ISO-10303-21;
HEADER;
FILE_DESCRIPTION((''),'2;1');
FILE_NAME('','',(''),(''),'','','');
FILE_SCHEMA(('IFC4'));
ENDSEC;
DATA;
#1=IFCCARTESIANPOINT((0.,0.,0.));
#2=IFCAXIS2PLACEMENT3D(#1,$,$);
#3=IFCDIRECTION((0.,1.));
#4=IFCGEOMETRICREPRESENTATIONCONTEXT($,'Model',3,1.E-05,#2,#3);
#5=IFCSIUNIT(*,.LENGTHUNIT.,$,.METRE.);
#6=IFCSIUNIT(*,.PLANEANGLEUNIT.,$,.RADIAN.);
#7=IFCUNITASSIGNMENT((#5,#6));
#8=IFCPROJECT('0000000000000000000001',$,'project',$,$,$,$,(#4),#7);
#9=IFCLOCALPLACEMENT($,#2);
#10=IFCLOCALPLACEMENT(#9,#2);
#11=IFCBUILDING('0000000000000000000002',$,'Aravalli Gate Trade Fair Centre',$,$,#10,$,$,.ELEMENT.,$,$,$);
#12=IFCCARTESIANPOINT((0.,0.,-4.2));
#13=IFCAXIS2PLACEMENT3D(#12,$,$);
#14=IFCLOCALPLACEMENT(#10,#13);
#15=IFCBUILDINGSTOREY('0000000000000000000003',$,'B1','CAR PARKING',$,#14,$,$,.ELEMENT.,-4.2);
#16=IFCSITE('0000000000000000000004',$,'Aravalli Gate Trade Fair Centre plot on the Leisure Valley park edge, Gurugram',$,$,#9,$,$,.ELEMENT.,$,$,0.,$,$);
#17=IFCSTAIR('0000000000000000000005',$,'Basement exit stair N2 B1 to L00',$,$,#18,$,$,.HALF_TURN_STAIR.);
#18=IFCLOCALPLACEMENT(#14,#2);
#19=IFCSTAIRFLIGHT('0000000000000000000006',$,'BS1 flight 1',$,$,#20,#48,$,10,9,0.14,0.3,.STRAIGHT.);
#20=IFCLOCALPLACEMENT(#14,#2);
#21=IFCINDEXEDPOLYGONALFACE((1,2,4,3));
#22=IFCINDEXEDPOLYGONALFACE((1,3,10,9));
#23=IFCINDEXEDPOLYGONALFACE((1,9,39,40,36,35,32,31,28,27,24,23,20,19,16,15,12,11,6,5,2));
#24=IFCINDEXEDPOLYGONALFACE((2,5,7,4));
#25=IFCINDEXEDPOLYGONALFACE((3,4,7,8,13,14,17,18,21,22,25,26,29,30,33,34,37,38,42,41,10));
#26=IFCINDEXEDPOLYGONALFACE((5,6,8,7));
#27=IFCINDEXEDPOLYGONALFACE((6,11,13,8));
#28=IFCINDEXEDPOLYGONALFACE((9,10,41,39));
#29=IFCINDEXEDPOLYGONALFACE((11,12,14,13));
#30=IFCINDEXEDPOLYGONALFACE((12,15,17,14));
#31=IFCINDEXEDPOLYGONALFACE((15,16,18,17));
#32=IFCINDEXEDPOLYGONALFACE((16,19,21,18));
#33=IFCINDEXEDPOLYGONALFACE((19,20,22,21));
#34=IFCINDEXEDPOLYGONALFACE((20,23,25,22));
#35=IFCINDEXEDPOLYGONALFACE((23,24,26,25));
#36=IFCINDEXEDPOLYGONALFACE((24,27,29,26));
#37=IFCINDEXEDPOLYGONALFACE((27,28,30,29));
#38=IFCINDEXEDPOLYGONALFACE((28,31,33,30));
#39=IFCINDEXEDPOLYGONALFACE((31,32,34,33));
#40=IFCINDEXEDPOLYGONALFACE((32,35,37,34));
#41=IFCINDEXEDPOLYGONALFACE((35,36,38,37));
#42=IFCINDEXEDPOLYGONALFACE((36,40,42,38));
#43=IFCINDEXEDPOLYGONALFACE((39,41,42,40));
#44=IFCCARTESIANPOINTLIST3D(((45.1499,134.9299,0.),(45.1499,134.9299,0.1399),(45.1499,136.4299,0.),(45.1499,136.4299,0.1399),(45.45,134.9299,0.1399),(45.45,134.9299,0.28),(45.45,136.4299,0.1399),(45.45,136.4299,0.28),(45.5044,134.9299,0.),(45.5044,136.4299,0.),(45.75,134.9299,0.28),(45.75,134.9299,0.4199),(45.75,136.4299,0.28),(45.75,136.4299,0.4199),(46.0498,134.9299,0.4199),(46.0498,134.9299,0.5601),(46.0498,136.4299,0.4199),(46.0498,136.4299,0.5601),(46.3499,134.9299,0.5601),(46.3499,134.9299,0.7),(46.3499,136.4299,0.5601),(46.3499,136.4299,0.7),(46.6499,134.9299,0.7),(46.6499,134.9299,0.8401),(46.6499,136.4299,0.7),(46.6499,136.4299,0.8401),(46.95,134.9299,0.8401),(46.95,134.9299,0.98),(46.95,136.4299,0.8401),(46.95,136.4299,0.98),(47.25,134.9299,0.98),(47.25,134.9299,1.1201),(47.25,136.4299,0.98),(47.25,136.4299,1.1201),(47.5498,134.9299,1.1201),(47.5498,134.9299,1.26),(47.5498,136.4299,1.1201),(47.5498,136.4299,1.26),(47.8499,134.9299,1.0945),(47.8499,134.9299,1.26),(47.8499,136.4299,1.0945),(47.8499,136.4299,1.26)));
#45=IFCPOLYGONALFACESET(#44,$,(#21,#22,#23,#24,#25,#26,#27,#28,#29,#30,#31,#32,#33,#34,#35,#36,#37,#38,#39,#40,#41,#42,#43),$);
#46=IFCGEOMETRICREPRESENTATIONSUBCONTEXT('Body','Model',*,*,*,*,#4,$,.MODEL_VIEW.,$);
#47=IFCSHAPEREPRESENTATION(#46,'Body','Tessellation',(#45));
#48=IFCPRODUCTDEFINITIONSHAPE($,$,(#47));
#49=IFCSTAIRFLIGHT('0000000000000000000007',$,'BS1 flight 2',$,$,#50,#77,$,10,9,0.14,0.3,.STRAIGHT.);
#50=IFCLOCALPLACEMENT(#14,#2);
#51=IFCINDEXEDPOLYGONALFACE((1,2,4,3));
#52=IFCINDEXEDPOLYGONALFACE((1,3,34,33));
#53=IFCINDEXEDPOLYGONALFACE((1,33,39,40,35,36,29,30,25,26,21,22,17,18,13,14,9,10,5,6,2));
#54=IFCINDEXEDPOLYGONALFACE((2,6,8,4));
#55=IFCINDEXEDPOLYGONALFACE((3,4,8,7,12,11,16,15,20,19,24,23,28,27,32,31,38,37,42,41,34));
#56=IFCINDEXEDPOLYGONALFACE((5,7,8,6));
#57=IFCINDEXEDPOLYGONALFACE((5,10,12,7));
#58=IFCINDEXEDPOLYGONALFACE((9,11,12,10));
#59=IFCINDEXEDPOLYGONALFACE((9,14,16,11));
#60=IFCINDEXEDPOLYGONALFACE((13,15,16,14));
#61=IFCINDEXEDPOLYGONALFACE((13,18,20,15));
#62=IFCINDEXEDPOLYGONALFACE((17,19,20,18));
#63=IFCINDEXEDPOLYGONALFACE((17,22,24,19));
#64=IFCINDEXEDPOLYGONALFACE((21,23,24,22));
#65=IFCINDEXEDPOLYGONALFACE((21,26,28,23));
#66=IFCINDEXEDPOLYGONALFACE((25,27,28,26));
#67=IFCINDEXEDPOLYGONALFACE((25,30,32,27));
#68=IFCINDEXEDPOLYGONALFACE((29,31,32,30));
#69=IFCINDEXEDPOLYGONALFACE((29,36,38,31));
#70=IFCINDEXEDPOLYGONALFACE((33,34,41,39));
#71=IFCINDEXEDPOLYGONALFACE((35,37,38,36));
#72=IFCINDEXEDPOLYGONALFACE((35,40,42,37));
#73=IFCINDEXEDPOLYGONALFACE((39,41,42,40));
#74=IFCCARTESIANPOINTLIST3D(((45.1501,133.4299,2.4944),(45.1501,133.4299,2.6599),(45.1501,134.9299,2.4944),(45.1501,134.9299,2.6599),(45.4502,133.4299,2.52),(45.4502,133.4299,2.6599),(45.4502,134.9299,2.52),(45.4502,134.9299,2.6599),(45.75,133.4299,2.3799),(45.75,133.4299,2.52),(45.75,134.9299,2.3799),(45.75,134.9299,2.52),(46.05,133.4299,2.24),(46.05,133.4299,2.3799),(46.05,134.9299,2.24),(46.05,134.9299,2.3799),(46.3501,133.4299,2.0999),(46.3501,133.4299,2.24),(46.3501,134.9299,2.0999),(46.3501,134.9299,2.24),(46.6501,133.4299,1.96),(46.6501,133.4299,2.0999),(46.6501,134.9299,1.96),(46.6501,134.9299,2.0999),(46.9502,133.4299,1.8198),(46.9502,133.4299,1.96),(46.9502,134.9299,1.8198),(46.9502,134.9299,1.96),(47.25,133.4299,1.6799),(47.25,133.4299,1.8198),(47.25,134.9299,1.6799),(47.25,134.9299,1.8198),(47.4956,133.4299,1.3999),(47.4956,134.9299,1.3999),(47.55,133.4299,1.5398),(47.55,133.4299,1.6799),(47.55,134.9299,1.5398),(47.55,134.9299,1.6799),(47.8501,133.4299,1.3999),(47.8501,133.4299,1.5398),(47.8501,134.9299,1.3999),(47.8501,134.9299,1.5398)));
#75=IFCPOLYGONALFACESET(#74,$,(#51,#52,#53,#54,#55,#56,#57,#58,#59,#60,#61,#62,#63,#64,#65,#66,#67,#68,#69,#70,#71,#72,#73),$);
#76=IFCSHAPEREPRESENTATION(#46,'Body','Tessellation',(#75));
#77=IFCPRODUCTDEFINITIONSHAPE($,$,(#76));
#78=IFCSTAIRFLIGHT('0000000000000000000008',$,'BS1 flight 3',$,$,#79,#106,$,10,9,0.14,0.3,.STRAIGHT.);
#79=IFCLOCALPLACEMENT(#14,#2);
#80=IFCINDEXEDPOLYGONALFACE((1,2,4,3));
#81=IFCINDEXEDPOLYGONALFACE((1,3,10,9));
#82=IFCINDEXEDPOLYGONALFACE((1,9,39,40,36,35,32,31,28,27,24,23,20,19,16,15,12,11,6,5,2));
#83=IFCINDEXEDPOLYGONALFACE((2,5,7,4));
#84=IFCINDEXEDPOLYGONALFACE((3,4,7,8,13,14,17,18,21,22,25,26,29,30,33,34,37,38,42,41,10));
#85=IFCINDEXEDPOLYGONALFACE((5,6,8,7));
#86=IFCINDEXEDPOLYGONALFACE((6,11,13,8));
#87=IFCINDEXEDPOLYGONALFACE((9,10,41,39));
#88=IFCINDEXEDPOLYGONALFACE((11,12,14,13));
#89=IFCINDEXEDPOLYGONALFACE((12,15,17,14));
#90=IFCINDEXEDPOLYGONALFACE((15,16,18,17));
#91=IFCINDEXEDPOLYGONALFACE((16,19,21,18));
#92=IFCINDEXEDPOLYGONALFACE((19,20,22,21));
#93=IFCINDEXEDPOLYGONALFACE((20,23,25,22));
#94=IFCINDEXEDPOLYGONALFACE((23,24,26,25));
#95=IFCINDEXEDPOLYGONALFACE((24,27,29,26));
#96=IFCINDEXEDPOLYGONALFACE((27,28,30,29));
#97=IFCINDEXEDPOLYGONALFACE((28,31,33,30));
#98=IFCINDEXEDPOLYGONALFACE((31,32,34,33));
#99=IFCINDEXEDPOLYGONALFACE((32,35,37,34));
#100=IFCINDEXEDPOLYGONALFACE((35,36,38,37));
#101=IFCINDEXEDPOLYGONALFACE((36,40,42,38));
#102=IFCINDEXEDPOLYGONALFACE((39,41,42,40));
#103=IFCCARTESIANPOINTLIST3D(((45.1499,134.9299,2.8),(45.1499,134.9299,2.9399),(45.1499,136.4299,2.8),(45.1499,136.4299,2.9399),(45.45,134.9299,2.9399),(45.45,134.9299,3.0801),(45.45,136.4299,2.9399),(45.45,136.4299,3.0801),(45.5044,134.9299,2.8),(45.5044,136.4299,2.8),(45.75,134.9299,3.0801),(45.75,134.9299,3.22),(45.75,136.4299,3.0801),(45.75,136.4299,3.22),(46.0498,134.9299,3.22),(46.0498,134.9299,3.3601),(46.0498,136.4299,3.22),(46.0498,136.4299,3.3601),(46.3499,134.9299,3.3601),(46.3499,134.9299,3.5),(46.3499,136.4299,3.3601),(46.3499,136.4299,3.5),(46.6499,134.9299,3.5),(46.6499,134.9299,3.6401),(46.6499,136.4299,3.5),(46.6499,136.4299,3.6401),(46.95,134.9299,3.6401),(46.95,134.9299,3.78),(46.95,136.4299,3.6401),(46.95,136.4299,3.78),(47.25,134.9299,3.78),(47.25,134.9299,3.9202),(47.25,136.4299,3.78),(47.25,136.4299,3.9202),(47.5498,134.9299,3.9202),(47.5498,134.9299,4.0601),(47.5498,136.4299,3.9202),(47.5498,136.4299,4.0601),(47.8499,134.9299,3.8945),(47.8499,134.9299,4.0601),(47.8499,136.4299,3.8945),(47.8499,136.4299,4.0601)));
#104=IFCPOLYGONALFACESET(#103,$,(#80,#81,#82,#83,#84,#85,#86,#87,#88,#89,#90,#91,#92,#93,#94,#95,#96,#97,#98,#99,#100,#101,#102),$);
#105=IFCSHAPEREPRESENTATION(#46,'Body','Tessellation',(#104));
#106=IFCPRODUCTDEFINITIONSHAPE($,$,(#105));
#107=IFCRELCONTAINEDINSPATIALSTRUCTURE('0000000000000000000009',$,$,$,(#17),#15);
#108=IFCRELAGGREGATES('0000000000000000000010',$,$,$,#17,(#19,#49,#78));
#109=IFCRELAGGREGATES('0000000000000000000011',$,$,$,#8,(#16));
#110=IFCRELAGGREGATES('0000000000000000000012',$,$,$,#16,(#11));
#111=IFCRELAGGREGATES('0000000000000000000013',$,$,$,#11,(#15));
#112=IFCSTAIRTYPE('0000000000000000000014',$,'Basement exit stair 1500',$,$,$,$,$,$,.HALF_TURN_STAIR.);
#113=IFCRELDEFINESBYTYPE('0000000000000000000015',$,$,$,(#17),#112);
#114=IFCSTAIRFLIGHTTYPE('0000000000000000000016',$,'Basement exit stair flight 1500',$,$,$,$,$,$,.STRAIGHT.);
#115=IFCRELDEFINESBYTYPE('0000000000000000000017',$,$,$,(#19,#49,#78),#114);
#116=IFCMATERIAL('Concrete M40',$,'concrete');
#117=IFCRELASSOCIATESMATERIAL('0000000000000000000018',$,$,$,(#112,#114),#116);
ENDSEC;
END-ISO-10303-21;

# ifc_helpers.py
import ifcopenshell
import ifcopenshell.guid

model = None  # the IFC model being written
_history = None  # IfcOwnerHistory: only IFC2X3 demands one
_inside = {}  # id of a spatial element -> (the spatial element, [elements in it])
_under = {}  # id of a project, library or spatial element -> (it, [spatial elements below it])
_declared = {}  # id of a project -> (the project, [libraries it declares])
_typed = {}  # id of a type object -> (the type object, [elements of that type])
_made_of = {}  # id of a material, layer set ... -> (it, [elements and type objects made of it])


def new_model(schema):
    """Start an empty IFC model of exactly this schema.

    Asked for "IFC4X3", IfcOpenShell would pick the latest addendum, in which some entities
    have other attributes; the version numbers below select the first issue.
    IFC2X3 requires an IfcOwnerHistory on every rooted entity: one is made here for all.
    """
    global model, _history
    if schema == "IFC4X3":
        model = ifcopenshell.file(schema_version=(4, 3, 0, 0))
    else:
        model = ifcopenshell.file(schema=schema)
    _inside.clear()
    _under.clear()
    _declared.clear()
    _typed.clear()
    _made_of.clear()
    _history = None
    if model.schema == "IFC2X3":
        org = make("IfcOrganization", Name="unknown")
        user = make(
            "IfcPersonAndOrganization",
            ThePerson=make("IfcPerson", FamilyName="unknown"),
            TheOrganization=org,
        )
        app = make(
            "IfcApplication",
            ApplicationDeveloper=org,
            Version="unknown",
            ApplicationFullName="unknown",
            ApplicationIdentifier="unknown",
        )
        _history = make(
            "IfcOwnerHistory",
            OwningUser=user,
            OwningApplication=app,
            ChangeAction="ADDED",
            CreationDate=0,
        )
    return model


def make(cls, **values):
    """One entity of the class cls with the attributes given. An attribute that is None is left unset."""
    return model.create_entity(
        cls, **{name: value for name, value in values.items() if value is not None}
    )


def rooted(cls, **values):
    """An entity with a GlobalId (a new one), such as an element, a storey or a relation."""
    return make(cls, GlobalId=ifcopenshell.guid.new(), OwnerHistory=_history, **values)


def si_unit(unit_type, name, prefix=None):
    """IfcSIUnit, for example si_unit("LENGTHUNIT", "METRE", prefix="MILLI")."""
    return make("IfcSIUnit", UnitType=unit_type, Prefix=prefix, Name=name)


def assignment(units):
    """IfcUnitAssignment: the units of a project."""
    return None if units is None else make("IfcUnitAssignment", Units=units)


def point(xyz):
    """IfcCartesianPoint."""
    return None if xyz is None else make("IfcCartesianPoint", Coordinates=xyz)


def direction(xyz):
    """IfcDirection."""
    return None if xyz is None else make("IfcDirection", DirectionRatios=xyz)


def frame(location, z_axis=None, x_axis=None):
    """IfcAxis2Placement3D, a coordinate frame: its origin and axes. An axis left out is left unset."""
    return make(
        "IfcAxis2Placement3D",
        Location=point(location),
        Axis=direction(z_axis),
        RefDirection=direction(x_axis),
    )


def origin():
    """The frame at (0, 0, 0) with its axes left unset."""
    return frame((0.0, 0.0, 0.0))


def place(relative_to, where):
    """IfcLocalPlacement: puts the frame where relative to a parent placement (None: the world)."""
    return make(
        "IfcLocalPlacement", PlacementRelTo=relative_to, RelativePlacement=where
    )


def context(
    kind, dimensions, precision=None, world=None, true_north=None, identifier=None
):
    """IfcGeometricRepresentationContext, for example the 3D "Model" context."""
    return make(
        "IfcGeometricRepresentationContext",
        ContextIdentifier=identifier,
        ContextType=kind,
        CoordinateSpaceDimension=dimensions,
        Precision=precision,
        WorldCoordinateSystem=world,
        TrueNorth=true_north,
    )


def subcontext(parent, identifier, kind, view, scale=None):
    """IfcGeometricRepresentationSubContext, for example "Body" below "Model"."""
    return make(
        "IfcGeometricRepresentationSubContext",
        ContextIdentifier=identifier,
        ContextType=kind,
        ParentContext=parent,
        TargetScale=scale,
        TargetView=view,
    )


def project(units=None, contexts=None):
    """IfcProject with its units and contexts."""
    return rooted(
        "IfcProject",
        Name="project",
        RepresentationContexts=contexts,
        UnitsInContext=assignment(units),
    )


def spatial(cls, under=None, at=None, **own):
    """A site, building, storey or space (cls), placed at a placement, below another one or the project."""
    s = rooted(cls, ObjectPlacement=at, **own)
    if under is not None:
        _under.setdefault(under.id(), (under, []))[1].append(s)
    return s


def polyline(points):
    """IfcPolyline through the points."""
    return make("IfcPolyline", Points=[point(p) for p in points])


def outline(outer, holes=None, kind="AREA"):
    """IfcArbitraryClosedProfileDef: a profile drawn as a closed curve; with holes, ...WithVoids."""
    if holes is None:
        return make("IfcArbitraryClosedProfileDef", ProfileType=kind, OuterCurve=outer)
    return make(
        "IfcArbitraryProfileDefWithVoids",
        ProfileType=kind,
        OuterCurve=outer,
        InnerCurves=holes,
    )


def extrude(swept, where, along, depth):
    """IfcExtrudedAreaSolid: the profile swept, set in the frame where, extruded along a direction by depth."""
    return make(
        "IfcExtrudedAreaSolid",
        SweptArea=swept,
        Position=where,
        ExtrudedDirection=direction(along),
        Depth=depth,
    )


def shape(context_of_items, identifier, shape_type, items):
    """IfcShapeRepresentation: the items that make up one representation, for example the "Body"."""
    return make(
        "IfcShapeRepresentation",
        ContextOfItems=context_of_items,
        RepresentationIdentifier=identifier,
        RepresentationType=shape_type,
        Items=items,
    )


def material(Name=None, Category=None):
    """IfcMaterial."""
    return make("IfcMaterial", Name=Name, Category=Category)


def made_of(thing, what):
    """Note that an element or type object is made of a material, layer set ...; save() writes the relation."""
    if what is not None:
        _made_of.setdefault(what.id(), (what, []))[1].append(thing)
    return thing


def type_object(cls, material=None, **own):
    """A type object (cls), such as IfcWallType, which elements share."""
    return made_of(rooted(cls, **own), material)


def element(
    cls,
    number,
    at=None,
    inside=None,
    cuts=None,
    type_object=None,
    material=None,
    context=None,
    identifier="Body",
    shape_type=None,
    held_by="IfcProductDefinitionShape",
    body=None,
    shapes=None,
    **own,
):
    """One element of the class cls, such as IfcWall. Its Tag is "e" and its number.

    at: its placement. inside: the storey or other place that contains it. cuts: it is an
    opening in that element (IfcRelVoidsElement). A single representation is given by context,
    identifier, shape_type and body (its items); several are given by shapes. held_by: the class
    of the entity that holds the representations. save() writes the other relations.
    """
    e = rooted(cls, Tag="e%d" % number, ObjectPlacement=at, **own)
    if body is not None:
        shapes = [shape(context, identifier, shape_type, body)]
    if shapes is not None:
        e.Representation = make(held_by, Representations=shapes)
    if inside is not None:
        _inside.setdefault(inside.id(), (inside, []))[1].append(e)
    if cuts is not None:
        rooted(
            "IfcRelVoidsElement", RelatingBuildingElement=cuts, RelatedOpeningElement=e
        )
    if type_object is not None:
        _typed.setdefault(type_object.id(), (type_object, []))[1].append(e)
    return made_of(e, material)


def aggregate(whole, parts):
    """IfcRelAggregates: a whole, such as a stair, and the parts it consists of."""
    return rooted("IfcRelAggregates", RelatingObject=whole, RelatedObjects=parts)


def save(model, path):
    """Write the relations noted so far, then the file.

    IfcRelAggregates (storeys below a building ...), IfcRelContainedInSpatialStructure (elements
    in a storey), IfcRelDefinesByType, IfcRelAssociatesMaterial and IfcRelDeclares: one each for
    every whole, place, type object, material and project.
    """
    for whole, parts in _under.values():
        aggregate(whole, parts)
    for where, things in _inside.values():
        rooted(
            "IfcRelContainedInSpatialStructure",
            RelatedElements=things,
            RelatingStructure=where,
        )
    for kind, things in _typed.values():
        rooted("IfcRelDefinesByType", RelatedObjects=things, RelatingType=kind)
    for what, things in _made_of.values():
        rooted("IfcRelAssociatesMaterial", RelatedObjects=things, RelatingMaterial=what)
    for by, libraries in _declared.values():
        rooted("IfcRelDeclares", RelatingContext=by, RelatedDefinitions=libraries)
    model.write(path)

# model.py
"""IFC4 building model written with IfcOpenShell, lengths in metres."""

from ifc_helpers import new_model, si_unit, direction, frame, origin, place, context, subcontext, project, spatial, polyline, outline, extrude, material, type_object, element, aggregate, save


model = new_model("IFC4")

# Units and contexts
model_context = context("Model", 3, precision=1e-05, world=origin(), true_north=direction((0.0, 1.0)))
body_context = subcontext(model_context, "Body", "Model", "MODEL_VIEW")
ifc_project = project(units=[si_unit("LENGTHUNIT", "METRE"), si_unit("PLANEANGLEUNIT", "RADIAN")], contexts=[model_context])

# Site, building, storey
site_placement = place(None, origin())
site = spatial("IfcSite", under=ifc_project, at=site_placement, Name="Aravalli Gate Trade Fair Centre plot on the Leisure Valley park edge, Gurugram", CompositionType="ELEMENT", RefElevation=0.0)
building_placement = place(site_placement, origin())
building = spatial("IfcBuilding", under=site, at=building_placement, Name="Aravalli Gate Trade Fair Centre", CompositionType="ELEMENT")
storey_placement = place(building_placement, frame((0.0, 0.0, -4.2)))
storey = spatial("IfcBuildingStorey", under=building, at=storey_placement, Name="B1", Description="CAR PARKING", CompositionType="ELEMENT", Elevation=-4.2)

# Shared definitions
ifc_material_1 = material(Name="Concrete M40", Category="concrete")

# Stair, stair flights
stair_type = type_object("IfcStairType", Name="Basement exit stair 1500", PredefinedType="HALF_TURN_STAIR", material=ifc_material_1)
stair_placement = place(storey_placement, origin())
stair = element("IfcStair", 1, at=stair_placement, inside=storey, type_object=stair_type, Name="Basement exit stair N2 B1 to L00", PredefinedType="HALF_TURN_STAIR")
stair_flight_type = type_object("IfcStairFlightType", Name="Basement exit stair flight 1500", PredefinedType="STRAIGHT", material=ifc_material_1)
stair_flight_1_placement = place(storey_placement, frame((45.1499, 135.6799, 0.0), z_axis=(0.0, 0.0, 1.0), x_axis=(1.0, 0.0, 0.0)))
stair_flight_1 = element("IfcStairFlight", 2, at=stair_flight_1_placement, type_object=stair_flight_type, Name="BS1 flight 1", NumberOfRisers=10, NumberOfTreads=9, PredefinedType="STRAIGHT", RiserHeight=0.14, TreadLength=0.3, context=body_context, shape_type="SweptSolid", body=[
    extrude(outline(polyline([(0.0, 0.0), (0.0, 0.1399), (0.3, 0.1399), (0.3, 0.28), (0.6001, 0.28), (0.6001, 0.4199), (0.8999, 0.4199), (0.8999, 0.5601), (1.2, 0.5601), (1.2, 0.7), (1.5, 0.7), (1.5, 0.8401), (1.8, 0.8401), (1.8, 0.98), (2.1001, 0.98), (2.1001, 1.1201), (2.3999, 1.1201), (2.3999, 1.26), (2.7, 1.26), (2.7, 1.3999), (2.7, 1.0945), (0.3545, 0.0), (0.0, 0.0)])), frame((0.0, 0.75, 0.0), z_axis=(0.0, -1.0, 0.0), x_axis=(1.0, 0.0, 0.0)), (0.0, 0.0, 1.0), 1.5),
])
stair_flight_2_placement = place(storey_placement, frame((47.8501, 134.1799, 1.3999), z_axis=(0.0, 0.0, 1.0), x_axis=(-1.0, 0.0, 0.0)))
stair_flight_2 = element("IfcStairFlight", 3, at=stair_flight_2_placement, type_object=stair_flight_type, Name="BS1 flight 2", NumberOfRisers=10, NumberOfTreads=9, PredefinedType="STRAIGHT", RiserHeight=0.14, TreadLength=0.3, context=body_context, shape_type="SweptSolid", body=[
    extrude(outline(polyline([(0.0, 0.0), (0.0, 0.1399), (0.3, 0.1399), (0.3, 0.28), (0.6001, 0.28), (0.6001, 0.4199), (0.8999, 0.4199), (0.8999, 0.5601), (1.2, 0.5601), (1.2, 0.7), (1.5, 0.7), (1.5, 0.8401), (1.8, 0.8401), (1.8, 0.98), (2.1001, 0.98), (2.1001, 1.1201), (2.3999, 1.1201), (2.3999, 1.26), (2.7, 1.26), (2.7, 1.3999), (2.7, 1.0945), (0.3545, 0.0), (0.0, 0.0)])), frame((0.0, 0.75, 0.0), z_axis=(0.0, -1.0, 0.0), x_axis=(1.0, 0.0, 0.0)), (0.0, 0.0, 1.0), 1.5),
])
stair_flight_3_placement = place(storey_placement, frame((45.1499, 135.6799, 2.8), z_axis=(0.0, 0.0, 1.0), x_axis=(1.0, 0.0, 0.0)))
stair_flight_3 = element("IfcStairFlight", 4, at=stair_flight_3_placement, type_object=stair_flight_type, Name="BS1 flight 3", NumberOfRisers=10, NumberOfTreads=9, PredefinedType="STRAIGHT", RiserHeight=0.14, TreadLength=0.3, context=body_context, shape_type="SweptSolid", body=[
    extrude(outline(polyline([(0.0, 0.0), (0.0, 0.1399), (0.3, 0.1399), (0.3, 0.28), (0.6001, 0.28), (0.6001, 0.4199), (0.8999, 0.4199), (0.8999, 0.5601), (1.2, 0.5601), (1.2, 0.7), (1.5, 0.7), (1.5, 0.8401), (1.8, 0.8401), (1.8, 0.98), (2.1001, 0.98), (2.1001, 1.1201), (2.3999, 1.1201), (2.3999, 1.26), (2.7, 1.26), (2.7, 1.3999), (2.7, 1.0945), (0.3545, 0.0), (0.0, 0.0)])), frame((0.0, 0.75, 0.0), z_axis=(0.0, -1.0, 0.0), x_axis=(1.0, 0.0, 0.0)), (0.0, 0.0, 1.0), 1.5),
])
aggregate(stair, [stair_flight_1, stair_flight_2, stair_flight_3])

save(model, "model.ifc")
